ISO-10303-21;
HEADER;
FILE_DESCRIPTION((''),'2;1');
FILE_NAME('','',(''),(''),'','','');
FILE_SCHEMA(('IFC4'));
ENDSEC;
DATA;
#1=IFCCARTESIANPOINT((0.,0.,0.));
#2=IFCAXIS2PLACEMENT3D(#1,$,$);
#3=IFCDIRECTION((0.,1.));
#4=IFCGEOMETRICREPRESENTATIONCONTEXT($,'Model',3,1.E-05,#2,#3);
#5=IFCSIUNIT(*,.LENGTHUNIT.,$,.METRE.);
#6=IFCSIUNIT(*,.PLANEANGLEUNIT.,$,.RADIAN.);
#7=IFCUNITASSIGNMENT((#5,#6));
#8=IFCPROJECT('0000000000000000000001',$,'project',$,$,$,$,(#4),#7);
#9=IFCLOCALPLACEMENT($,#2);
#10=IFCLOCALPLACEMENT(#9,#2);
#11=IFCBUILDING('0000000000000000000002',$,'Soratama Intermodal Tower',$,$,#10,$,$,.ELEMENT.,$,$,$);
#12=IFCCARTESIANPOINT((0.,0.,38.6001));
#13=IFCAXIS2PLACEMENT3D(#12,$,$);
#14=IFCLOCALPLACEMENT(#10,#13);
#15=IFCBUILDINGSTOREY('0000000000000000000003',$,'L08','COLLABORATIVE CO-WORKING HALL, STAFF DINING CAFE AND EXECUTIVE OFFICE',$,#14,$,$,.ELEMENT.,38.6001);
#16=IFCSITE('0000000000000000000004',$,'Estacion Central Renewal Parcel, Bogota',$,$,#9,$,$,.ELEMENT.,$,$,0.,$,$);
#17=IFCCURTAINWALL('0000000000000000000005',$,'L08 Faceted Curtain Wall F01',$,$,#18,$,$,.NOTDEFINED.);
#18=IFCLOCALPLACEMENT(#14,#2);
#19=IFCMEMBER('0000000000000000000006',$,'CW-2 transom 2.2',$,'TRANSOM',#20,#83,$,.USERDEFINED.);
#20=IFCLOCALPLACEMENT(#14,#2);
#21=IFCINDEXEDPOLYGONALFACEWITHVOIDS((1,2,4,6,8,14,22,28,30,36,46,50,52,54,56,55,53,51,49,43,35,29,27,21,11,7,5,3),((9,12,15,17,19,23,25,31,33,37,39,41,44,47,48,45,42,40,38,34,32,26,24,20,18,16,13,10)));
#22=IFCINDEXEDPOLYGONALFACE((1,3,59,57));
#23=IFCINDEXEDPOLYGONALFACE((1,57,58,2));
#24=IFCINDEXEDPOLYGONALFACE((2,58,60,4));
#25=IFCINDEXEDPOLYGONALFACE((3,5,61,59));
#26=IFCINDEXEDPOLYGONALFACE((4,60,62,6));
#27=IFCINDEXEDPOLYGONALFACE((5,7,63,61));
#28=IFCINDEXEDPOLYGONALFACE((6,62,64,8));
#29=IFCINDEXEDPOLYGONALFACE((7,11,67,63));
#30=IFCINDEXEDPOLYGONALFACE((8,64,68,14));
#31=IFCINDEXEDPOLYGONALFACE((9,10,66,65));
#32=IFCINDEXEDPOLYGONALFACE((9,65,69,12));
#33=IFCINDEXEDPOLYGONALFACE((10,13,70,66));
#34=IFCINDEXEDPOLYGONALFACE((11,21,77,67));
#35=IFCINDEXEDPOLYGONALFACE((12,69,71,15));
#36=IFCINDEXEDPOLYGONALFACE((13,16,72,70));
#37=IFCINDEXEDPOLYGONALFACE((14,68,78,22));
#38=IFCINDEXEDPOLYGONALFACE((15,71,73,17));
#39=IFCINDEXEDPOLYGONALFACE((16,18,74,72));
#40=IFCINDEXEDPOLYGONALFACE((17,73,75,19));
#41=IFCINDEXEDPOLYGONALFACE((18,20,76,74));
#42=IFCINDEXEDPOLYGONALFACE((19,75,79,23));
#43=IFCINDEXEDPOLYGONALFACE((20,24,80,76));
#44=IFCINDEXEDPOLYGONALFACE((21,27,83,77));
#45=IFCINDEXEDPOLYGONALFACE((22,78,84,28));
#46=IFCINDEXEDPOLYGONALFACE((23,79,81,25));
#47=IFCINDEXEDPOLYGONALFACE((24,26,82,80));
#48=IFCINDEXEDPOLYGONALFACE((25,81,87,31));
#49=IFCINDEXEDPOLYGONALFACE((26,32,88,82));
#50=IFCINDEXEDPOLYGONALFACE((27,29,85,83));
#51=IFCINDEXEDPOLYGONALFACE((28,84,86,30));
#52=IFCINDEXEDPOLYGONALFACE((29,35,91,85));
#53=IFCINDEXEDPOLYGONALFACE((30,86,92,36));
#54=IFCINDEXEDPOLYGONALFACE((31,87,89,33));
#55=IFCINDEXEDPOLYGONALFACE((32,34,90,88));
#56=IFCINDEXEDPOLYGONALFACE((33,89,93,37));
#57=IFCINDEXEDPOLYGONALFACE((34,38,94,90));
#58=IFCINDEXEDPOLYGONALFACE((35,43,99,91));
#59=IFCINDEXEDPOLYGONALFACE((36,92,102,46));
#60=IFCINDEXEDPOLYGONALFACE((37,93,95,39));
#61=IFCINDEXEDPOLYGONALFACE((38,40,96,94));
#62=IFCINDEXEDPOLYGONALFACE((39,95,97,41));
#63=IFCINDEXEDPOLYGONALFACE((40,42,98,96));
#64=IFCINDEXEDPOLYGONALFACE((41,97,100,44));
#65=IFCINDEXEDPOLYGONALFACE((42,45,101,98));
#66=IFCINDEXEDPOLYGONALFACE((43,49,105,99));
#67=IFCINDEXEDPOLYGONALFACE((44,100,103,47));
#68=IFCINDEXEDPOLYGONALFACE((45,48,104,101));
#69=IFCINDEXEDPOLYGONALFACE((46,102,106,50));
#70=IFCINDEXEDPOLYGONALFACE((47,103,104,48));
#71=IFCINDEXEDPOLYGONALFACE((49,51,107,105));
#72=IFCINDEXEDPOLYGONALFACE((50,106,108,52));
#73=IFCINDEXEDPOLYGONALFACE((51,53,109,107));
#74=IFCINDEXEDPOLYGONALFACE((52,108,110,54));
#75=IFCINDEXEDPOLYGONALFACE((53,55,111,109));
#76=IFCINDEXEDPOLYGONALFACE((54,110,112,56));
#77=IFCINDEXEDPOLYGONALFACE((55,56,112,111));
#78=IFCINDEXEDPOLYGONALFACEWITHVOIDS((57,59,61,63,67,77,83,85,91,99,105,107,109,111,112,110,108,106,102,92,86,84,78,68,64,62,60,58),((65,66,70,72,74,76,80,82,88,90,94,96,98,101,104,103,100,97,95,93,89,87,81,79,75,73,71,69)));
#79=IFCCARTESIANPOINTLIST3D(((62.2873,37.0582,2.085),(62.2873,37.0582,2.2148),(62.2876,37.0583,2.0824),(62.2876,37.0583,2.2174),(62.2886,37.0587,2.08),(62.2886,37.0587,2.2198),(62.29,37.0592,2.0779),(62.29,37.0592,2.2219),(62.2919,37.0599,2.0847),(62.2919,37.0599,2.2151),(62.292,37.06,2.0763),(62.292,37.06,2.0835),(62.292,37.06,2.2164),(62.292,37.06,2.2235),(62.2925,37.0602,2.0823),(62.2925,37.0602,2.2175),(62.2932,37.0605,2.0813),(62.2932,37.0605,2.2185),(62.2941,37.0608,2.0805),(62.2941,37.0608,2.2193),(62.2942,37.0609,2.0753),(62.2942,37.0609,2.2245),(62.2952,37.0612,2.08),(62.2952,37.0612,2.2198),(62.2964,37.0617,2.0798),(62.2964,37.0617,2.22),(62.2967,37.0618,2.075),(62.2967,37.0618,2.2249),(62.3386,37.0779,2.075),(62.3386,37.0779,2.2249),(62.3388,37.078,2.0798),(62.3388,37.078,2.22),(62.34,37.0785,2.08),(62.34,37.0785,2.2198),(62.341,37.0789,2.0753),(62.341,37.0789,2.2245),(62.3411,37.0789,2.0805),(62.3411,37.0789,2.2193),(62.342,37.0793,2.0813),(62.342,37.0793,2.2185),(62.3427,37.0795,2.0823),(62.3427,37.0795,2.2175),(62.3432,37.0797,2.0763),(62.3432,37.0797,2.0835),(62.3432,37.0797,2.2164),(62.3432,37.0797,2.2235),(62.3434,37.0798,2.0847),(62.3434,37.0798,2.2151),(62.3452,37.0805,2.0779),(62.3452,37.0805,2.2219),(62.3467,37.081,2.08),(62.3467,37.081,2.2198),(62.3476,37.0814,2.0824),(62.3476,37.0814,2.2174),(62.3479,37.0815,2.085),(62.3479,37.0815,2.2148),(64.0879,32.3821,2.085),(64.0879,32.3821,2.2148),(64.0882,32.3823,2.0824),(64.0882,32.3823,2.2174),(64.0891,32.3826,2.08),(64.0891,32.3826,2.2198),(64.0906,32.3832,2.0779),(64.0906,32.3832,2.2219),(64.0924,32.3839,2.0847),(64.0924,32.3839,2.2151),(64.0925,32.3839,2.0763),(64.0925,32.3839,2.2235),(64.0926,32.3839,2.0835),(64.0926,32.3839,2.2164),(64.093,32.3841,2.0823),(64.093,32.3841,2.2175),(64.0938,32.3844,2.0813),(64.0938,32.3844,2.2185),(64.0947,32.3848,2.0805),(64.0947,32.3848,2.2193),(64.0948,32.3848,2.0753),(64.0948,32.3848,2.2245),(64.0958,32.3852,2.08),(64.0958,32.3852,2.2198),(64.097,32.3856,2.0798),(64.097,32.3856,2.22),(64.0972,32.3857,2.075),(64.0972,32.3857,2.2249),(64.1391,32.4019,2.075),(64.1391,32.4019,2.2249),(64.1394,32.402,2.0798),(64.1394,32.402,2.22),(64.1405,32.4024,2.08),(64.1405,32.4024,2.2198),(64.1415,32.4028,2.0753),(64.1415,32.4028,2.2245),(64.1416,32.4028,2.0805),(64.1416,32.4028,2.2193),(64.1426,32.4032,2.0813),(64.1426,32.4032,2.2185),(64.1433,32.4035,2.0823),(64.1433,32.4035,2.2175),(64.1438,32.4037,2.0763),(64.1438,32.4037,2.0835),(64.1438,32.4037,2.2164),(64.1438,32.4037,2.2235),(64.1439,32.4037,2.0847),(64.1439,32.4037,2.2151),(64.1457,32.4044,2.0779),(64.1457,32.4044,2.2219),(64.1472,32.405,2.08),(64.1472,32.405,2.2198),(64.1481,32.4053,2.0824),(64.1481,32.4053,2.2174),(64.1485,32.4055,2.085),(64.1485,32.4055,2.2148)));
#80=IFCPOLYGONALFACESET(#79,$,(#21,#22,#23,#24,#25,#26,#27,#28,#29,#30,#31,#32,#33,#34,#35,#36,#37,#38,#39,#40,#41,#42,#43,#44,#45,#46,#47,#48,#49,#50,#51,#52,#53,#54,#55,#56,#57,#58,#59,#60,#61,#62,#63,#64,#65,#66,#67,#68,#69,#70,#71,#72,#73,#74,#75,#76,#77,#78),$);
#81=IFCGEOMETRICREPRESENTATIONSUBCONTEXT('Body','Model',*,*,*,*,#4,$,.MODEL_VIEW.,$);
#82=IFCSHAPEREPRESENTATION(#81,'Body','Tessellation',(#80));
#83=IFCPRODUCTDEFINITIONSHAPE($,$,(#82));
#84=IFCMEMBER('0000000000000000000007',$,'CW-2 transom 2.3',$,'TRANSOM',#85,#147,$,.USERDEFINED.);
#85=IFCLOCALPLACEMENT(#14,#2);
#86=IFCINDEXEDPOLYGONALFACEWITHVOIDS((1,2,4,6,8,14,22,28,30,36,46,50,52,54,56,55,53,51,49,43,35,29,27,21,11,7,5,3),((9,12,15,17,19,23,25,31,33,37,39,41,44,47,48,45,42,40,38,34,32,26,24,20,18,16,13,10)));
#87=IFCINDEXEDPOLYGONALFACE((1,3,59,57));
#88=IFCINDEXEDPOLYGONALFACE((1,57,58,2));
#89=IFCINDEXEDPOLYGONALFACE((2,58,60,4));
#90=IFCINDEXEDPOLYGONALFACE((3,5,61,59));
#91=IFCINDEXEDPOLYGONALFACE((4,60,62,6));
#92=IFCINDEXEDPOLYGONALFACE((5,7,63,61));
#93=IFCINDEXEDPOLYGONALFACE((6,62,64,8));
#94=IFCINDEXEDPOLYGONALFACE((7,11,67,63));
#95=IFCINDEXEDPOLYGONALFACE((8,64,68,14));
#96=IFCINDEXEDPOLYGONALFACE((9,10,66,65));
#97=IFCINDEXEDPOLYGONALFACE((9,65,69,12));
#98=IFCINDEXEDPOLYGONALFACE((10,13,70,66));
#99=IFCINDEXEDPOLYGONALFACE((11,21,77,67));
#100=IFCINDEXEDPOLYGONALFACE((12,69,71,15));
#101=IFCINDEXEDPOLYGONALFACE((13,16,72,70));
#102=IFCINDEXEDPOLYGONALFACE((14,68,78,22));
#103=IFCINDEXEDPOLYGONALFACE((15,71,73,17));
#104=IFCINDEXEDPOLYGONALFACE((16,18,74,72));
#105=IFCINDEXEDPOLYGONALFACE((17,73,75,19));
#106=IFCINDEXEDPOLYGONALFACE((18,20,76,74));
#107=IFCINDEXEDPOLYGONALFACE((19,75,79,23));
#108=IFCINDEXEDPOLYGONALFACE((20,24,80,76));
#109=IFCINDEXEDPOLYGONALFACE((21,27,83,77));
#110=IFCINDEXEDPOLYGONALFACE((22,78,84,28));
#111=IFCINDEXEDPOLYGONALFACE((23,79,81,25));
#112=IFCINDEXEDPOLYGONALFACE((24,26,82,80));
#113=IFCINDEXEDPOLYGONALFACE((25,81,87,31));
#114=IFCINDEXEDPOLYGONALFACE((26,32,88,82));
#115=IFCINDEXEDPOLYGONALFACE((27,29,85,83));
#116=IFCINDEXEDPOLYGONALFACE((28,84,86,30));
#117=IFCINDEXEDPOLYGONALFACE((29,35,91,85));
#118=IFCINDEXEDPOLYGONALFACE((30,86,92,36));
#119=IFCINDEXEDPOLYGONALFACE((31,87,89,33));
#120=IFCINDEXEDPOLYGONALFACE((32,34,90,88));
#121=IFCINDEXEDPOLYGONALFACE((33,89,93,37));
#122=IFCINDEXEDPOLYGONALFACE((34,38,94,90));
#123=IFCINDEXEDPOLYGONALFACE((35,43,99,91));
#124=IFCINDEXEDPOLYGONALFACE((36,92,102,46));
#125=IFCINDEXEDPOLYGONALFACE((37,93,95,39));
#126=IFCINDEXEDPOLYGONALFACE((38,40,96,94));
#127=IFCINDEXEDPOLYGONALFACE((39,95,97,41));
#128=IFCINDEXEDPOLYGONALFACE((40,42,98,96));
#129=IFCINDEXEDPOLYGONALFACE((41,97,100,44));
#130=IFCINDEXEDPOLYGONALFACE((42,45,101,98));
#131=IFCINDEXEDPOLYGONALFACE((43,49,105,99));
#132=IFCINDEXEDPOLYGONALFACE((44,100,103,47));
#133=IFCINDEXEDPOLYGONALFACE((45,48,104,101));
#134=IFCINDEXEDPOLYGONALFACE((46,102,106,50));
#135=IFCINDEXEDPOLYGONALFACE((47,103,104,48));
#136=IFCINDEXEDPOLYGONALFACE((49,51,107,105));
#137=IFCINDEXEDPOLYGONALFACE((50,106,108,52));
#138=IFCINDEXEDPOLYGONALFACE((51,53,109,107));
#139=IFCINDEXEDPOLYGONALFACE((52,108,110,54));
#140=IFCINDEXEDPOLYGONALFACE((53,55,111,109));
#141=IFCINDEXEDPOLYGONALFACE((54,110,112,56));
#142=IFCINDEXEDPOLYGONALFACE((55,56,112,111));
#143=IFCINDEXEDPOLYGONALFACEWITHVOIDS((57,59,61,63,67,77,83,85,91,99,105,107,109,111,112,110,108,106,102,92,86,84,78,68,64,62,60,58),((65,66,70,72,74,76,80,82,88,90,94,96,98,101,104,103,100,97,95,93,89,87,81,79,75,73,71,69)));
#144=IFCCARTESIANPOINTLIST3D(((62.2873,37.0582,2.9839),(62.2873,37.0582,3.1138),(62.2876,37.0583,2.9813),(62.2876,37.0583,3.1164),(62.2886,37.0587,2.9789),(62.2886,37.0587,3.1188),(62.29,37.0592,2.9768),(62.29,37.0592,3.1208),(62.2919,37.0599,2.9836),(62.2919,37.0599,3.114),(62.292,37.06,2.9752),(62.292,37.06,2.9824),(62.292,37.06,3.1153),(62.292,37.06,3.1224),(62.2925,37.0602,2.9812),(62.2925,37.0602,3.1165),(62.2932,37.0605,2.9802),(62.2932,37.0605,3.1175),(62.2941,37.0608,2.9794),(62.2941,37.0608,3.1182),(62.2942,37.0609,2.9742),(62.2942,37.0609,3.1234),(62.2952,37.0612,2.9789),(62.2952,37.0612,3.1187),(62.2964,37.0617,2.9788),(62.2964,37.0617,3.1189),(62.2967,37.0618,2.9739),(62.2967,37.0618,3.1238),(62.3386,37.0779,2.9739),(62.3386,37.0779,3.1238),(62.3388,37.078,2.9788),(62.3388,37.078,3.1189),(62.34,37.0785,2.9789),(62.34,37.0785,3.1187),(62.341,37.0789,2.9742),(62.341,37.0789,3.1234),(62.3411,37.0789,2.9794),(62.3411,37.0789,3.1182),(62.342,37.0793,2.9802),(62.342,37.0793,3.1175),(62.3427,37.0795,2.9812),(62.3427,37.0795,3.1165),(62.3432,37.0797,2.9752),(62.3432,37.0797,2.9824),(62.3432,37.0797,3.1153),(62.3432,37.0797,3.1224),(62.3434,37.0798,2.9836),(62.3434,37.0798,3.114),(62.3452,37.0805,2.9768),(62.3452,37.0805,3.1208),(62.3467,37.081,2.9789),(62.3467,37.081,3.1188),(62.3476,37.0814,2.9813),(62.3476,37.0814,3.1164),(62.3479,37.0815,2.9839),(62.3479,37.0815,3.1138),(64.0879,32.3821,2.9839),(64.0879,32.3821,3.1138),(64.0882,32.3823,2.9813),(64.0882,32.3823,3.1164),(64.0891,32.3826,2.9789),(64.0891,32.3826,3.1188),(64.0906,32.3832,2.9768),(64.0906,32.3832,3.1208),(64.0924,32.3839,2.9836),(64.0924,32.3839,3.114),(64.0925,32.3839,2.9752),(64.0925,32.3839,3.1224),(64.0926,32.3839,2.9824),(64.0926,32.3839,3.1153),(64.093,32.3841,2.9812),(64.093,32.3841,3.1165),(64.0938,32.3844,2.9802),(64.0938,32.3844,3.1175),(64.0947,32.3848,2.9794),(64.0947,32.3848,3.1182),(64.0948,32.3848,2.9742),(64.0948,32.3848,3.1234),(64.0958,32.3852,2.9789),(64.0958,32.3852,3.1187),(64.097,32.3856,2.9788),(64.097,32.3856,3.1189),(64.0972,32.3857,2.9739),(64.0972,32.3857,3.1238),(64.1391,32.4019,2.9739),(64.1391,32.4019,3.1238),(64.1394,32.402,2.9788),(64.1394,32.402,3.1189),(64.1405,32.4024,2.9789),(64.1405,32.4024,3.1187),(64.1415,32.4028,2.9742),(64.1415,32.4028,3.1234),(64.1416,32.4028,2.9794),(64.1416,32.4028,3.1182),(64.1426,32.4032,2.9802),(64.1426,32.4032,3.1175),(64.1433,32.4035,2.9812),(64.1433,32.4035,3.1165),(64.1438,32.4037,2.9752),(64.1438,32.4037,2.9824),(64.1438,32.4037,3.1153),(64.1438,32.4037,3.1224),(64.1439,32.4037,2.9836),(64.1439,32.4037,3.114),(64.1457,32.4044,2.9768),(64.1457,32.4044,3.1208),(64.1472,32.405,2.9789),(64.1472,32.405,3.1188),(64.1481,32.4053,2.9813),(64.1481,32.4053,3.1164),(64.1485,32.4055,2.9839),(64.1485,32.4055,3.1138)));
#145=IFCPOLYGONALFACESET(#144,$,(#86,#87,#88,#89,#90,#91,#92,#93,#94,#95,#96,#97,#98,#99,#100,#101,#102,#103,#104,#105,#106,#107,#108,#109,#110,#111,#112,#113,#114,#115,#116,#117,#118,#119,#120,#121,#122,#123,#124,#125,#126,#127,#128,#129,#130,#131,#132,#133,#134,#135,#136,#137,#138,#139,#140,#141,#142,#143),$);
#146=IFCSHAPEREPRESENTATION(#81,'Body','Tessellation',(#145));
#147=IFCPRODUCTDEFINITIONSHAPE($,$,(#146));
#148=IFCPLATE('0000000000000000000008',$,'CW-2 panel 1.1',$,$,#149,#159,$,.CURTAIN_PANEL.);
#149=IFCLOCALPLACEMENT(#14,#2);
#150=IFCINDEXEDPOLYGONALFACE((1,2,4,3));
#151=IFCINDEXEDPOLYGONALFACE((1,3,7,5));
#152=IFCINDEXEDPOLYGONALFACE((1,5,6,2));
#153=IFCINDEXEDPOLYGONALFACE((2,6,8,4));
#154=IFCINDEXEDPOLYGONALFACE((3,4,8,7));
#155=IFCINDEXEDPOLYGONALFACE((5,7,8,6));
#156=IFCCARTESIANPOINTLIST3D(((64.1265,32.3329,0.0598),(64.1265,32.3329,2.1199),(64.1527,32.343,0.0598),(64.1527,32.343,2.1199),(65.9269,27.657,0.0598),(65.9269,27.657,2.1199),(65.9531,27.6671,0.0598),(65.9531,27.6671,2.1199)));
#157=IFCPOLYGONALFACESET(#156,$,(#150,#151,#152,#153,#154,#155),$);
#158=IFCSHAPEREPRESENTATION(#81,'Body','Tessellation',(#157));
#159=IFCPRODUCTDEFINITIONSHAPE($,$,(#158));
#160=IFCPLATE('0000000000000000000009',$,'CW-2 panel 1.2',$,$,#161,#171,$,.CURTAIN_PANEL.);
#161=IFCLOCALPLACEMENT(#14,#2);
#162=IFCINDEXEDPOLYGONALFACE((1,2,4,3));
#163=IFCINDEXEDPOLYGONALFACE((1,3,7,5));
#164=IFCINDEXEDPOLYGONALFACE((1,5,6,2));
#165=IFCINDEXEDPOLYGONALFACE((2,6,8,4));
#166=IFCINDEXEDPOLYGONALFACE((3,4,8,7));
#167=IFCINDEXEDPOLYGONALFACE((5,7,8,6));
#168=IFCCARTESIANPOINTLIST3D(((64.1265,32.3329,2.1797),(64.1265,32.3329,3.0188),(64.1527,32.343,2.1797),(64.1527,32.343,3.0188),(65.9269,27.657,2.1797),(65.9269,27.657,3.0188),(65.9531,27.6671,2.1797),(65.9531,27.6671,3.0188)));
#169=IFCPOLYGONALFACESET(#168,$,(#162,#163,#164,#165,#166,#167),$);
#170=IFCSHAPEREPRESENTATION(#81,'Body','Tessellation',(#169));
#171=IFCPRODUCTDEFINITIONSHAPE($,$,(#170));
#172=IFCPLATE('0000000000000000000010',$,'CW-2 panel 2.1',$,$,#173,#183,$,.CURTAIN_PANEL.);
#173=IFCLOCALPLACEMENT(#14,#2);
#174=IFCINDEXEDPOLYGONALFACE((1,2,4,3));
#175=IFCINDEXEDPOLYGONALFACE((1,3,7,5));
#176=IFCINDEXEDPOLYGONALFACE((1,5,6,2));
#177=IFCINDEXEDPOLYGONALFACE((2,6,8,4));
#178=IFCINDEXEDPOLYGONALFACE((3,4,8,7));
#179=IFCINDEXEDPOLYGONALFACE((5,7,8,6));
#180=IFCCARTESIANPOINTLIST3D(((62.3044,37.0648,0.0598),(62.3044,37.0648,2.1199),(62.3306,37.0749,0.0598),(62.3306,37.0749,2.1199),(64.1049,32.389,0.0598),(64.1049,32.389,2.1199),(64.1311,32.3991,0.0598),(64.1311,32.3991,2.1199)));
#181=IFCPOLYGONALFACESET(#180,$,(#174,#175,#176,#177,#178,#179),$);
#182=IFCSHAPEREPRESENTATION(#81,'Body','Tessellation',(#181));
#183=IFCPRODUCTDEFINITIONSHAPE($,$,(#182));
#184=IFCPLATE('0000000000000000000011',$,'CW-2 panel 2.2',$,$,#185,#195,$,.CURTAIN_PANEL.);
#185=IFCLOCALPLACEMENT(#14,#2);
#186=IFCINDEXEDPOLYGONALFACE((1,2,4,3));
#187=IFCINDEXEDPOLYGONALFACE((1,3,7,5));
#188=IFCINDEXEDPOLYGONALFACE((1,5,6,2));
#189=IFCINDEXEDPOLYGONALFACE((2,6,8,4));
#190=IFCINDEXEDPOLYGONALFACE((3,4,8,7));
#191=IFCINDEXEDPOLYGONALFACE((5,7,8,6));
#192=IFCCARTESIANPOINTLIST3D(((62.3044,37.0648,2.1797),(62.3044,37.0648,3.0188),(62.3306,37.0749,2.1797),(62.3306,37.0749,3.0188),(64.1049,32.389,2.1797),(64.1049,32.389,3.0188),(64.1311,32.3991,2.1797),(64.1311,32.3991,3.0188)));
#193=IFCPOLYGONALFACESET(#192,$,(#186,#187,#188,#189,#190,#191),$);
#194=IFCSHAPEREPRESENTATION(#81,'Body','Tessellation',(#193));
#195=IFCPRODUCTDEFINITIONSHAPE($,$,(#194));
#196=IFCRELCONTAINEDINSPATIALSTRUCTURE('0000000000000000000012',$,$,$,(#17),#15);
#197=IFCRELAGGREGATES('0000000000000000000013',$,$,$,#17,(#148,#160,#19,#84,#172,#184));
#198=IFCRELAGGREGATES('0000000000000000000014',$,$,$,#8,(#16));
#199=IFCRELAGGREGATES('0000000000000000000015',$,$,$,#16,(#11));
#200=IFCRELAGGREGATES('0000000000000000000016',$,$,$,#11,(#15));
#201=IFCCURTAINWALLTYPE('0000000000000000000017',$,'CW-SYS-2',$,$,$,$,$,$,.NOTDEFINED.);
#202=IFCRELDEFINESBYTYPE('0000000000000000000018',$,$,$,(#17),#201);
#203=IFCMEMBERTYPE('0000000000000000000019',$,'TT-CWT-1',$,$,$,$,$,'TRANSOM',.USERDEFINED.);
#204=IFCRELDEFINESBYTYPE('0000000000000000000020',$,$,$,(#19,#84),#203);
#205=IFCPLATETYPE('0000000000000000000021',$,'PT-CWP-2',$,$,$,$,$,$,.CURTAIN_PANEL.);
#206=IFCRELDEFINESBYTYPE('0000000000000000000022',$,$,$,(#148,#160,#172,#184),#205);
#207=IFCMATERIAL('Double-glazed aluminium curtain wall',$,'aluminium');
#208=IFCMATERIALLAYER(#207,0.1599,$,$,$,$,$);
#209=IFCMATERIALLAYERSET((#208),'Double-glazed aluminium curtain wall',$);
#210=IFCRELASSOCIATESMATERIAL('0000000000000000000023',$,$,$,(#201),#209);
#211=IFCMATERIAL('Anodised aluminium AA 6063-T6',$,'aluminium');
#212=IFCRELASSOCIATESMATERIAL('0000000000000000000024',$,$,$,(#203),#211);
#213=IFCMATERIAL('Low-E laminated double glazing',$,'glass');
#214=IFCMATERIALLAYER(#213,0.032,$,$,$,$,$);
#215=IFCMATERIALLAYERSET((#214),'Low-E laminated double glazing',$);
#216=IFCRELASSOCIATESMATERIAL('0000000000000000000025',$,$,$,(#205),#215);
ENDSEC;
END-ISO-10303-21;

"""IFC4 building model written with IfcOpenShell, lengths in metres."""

from ifc_helpers import new_model, si_unit, direction, frame, origin, origin_2d, place, context, subcontext, project, spatial, rectangle, hollow_rectangle, extrude, material, layer, layer_set, material_profile, profile_set, type_object, element, aggregate, save


model = new_model("IFC4")

# Units and contexts
model_context = context("Model", 3, precision=1e-05, world=origin(), true_north=direction((0.0, 1.0)))
body_context = subcontext(model_context, "Body", "Model", "MODEL_VIEW")
ifc_project = project(units=[si_unit("LENGTHUNIT", "METRE"), si_unit("PLANEANGLEUNIT", "RADIAN")], contexts=[model_context])

# Site, building, storey
site_placement = place(None, origin())
site = spatial("IfcSite", under=ifc_project, at=site_placement, Name="Estacion Central Renewal Parcel, Bogota", CompositionType="ELEMENT", RefElevation=0.0)
building_placement = place(site_placement, origin())
building = spatial("IfcBuilding", under=site, at=building_placement, Name="Soratama Intermodal Tower", CompositionType="ELEMENT")
storey_placement = place(building_placement, frame((0.0, 0.0, 38.6001)))
storey = spatial("IfcBuildingStorey", under=building, at=storey_placement, Name="L08", Description="COLLABORATIVE CO-WORKING HALL, STAFF DINING CAFE AND EXECUTIVE OFFICE", CompositionType="ELEMENT", Elevation=38.6001)

# Curtain wall, members, plates
ifc_material_1 = material(Name="Double-glazed aluminium curtain wall", Category="aluminium")
ifc_layer_1 = layer(ifc_material_1, 0.1599)
ifc_layer_set_1 = layer_set([ifc_layer_1], Name="Double-glazed aluminium curtain wall")
curtain_wall_type = type_object("IfcCurtainWallType", Name="CW-SYS-2", PredefinedType="NOTDEFINED", material=ifc_layer_set_1)
curtain_wall_placement = place(storey_placement, origin())
curtain_wall = element("IfcCurtainWall", 1, at=curtain_wall_placement, inside=storey, type_object=curtain_wall_type, Name="L08 Faceted Curtain Wall F01", PredefinedType="NOTDEFINED")
ifc_material_2 = material(Name="Anodised aluminium AA 6063-T6", Category="aluminium")
ifc_material_profile_1 = material_profile(ifc_material_2, hollow_rectangle(XDim=0.0649, YDim=0.1499, WallThickness=0.0049, InnerFilletRadius=0.0049, OuterFilletRadius=0.01, at=origin_2d()), Name="CWT150X65X5")
ifc_profile_set_1 = profile_set([ifc_material_profile_1], Name="Anodised aluminium AA 6063-T6")
member_type_1 = type_object("IfcMemberType", Name="TT-CWT-1", ElementType="TRANSOM", PredefinedType="USERDEFINED", material=ifc_profile_set_1)
member_1_placement = place(storey_placement, frame((64.1182, 32.3938, 2.1499), z_axis=(-0.359338, 0.933207, 0.0), x_axis=(-0.933207, -0.359338, 0.0)))
member_1 = element("IfcMember", 2, at=member_1_placement, type_object=member_type_1, Name="CW-2 transom 2.2", ObjectType="TRANSOM", PredefinedType="USERDEFINED", context=body_context, shape_type="SweptSolid", body=[
    extrude(hollow_rectangle(XDim=0.0649, YDim=0.1499, WallThickness=0.0049, InnerFilletRadius=0.0049, OuterFilletRadius=0.01, at=origin_2d()), origin(), (0.0, 0.0, 1.0), 5.0107),
])
member_2_placement = place(storey_placement, frame((64.1182, 32.3938, 3.0488), z_axis=(-0.359338, 0.933207, 0.0), x_axis=(-0.933207, -0.359338, 0.0)))
member_2 = element("IfcMember", 3, at=member_2_placement, type_object=member_type_1, Name="CW-2 transom 2.3", ObjectType="TRANSOM", PredefinedType="USERDEFINED", context=body_context, shape_type="SweptSolid", body=[
    extrude(hollow_rectangle(XDim=0.0649, YDim=0.1499, WallThickness=0.0049, InnerFilletRadius=0.0049, OuterFilletRadius=0.01, at=origin_2d()), origin(), (0.0, 0.0, 1.0), 5.0107),
])
ifc_material_3 = material(Name="Low-E laminated double glazing", Category="glass")
ifc_layer_2 = layer(ifc_material_3, 0.032)
ifc_layer_set_2 = layer_set([ifc_layer_2], Name="Low-E laminated double glazing")
plate_type = type_object("IfcPlateType", Name="PT-CWP-2", PredefinedType="CURTAIN_PANEL", material=ifc_layer_set_2)
plate_1_placement = place(storey_placement, frame((65.0398, 30.0, 0.0598), z_axis=(0.0, 0.0, 1.0), x_axis=(-0.359341, 0.933206, 0.0)))
plate_1 = element("IfcPlate", 4, at=plate_1_placement, type_object=plate_type, Name="CW-2 panel 1.1", PredefinedType="CURTAIN_PANEL", context=body_context, shape_type="SweptSolid", body=[
    extrude(rectangle(XDim=5.0105, YDim=0.0281, at=origin_2d()), origin(), (0.0, 0.0, 1.0), 2.0601),
])
plate_2_placement = place(storey_placement, frame((65.0398, 30.0, 2.1797), z_axis=(0.0, 0.0, 1.0), x_axis=(-0.359341, 0.933206, 0.0)))
plate_2 = element("IfcPlate", 5, at=plate_2_placement, type_object=plate_type, Name="CW-2 panel 1.2", PredefinedType="CURTAIN_PANEL", context=body_context, shape_type="SweptSolid", body=[
    extrude(rectangle(XDim=5.0105, YDim=0.0281, at=origin_2d()), origin(), (0.0, 0.0, 1.0), 0.8391),
])
plate_3_placement = place(storey_placement, frame((63.2178, 34.7319, 0.0598), z_axis=(0.0, 0.0, 1.0), x_axis=(-0.359341, 0.933206, 0.0)))
plate_3 = element("IfcPlate", 6, at=plate_3_placement, type_object=plate_type, Name="CW-2 panel 2.1", PredefinedType="CURTAIN_PANEL", context=body_context, shape_type="SweptSolid", body=[
    extrude(rectangle(XDim=5.0105, YDim=0.0281, at=origin_2d()), origin(), (0.0, 0.0, 1.0), 2.0601),
])
plate_4_placement = place(storey_placement, frame((63.2178, 34.7319, 2.1797), z_axis=(0.0, 0.0, 1.0), x_axis=(-0.359341, 0.933206, 0.0)))
plate_4 = element("IfcPlate", 7, at=plate_4_placement, type_object=plate_type, Name="CW-2 panel 2.2", PredefinedType="CURTAIN_PANEL", context=body_context, shape_type="SweptSolid", body=[
    extrude(rectangle(XDim=5.0105, YDim=0.0281, at=origin_2d()), origin(), (0.0, 0.0, 1.0), 0.8391),
])
aggregate(curtain_wall, [plate_1, plate_2, member_1, member_2, plate_3, plate_4])

save(model, "model.ifc")
